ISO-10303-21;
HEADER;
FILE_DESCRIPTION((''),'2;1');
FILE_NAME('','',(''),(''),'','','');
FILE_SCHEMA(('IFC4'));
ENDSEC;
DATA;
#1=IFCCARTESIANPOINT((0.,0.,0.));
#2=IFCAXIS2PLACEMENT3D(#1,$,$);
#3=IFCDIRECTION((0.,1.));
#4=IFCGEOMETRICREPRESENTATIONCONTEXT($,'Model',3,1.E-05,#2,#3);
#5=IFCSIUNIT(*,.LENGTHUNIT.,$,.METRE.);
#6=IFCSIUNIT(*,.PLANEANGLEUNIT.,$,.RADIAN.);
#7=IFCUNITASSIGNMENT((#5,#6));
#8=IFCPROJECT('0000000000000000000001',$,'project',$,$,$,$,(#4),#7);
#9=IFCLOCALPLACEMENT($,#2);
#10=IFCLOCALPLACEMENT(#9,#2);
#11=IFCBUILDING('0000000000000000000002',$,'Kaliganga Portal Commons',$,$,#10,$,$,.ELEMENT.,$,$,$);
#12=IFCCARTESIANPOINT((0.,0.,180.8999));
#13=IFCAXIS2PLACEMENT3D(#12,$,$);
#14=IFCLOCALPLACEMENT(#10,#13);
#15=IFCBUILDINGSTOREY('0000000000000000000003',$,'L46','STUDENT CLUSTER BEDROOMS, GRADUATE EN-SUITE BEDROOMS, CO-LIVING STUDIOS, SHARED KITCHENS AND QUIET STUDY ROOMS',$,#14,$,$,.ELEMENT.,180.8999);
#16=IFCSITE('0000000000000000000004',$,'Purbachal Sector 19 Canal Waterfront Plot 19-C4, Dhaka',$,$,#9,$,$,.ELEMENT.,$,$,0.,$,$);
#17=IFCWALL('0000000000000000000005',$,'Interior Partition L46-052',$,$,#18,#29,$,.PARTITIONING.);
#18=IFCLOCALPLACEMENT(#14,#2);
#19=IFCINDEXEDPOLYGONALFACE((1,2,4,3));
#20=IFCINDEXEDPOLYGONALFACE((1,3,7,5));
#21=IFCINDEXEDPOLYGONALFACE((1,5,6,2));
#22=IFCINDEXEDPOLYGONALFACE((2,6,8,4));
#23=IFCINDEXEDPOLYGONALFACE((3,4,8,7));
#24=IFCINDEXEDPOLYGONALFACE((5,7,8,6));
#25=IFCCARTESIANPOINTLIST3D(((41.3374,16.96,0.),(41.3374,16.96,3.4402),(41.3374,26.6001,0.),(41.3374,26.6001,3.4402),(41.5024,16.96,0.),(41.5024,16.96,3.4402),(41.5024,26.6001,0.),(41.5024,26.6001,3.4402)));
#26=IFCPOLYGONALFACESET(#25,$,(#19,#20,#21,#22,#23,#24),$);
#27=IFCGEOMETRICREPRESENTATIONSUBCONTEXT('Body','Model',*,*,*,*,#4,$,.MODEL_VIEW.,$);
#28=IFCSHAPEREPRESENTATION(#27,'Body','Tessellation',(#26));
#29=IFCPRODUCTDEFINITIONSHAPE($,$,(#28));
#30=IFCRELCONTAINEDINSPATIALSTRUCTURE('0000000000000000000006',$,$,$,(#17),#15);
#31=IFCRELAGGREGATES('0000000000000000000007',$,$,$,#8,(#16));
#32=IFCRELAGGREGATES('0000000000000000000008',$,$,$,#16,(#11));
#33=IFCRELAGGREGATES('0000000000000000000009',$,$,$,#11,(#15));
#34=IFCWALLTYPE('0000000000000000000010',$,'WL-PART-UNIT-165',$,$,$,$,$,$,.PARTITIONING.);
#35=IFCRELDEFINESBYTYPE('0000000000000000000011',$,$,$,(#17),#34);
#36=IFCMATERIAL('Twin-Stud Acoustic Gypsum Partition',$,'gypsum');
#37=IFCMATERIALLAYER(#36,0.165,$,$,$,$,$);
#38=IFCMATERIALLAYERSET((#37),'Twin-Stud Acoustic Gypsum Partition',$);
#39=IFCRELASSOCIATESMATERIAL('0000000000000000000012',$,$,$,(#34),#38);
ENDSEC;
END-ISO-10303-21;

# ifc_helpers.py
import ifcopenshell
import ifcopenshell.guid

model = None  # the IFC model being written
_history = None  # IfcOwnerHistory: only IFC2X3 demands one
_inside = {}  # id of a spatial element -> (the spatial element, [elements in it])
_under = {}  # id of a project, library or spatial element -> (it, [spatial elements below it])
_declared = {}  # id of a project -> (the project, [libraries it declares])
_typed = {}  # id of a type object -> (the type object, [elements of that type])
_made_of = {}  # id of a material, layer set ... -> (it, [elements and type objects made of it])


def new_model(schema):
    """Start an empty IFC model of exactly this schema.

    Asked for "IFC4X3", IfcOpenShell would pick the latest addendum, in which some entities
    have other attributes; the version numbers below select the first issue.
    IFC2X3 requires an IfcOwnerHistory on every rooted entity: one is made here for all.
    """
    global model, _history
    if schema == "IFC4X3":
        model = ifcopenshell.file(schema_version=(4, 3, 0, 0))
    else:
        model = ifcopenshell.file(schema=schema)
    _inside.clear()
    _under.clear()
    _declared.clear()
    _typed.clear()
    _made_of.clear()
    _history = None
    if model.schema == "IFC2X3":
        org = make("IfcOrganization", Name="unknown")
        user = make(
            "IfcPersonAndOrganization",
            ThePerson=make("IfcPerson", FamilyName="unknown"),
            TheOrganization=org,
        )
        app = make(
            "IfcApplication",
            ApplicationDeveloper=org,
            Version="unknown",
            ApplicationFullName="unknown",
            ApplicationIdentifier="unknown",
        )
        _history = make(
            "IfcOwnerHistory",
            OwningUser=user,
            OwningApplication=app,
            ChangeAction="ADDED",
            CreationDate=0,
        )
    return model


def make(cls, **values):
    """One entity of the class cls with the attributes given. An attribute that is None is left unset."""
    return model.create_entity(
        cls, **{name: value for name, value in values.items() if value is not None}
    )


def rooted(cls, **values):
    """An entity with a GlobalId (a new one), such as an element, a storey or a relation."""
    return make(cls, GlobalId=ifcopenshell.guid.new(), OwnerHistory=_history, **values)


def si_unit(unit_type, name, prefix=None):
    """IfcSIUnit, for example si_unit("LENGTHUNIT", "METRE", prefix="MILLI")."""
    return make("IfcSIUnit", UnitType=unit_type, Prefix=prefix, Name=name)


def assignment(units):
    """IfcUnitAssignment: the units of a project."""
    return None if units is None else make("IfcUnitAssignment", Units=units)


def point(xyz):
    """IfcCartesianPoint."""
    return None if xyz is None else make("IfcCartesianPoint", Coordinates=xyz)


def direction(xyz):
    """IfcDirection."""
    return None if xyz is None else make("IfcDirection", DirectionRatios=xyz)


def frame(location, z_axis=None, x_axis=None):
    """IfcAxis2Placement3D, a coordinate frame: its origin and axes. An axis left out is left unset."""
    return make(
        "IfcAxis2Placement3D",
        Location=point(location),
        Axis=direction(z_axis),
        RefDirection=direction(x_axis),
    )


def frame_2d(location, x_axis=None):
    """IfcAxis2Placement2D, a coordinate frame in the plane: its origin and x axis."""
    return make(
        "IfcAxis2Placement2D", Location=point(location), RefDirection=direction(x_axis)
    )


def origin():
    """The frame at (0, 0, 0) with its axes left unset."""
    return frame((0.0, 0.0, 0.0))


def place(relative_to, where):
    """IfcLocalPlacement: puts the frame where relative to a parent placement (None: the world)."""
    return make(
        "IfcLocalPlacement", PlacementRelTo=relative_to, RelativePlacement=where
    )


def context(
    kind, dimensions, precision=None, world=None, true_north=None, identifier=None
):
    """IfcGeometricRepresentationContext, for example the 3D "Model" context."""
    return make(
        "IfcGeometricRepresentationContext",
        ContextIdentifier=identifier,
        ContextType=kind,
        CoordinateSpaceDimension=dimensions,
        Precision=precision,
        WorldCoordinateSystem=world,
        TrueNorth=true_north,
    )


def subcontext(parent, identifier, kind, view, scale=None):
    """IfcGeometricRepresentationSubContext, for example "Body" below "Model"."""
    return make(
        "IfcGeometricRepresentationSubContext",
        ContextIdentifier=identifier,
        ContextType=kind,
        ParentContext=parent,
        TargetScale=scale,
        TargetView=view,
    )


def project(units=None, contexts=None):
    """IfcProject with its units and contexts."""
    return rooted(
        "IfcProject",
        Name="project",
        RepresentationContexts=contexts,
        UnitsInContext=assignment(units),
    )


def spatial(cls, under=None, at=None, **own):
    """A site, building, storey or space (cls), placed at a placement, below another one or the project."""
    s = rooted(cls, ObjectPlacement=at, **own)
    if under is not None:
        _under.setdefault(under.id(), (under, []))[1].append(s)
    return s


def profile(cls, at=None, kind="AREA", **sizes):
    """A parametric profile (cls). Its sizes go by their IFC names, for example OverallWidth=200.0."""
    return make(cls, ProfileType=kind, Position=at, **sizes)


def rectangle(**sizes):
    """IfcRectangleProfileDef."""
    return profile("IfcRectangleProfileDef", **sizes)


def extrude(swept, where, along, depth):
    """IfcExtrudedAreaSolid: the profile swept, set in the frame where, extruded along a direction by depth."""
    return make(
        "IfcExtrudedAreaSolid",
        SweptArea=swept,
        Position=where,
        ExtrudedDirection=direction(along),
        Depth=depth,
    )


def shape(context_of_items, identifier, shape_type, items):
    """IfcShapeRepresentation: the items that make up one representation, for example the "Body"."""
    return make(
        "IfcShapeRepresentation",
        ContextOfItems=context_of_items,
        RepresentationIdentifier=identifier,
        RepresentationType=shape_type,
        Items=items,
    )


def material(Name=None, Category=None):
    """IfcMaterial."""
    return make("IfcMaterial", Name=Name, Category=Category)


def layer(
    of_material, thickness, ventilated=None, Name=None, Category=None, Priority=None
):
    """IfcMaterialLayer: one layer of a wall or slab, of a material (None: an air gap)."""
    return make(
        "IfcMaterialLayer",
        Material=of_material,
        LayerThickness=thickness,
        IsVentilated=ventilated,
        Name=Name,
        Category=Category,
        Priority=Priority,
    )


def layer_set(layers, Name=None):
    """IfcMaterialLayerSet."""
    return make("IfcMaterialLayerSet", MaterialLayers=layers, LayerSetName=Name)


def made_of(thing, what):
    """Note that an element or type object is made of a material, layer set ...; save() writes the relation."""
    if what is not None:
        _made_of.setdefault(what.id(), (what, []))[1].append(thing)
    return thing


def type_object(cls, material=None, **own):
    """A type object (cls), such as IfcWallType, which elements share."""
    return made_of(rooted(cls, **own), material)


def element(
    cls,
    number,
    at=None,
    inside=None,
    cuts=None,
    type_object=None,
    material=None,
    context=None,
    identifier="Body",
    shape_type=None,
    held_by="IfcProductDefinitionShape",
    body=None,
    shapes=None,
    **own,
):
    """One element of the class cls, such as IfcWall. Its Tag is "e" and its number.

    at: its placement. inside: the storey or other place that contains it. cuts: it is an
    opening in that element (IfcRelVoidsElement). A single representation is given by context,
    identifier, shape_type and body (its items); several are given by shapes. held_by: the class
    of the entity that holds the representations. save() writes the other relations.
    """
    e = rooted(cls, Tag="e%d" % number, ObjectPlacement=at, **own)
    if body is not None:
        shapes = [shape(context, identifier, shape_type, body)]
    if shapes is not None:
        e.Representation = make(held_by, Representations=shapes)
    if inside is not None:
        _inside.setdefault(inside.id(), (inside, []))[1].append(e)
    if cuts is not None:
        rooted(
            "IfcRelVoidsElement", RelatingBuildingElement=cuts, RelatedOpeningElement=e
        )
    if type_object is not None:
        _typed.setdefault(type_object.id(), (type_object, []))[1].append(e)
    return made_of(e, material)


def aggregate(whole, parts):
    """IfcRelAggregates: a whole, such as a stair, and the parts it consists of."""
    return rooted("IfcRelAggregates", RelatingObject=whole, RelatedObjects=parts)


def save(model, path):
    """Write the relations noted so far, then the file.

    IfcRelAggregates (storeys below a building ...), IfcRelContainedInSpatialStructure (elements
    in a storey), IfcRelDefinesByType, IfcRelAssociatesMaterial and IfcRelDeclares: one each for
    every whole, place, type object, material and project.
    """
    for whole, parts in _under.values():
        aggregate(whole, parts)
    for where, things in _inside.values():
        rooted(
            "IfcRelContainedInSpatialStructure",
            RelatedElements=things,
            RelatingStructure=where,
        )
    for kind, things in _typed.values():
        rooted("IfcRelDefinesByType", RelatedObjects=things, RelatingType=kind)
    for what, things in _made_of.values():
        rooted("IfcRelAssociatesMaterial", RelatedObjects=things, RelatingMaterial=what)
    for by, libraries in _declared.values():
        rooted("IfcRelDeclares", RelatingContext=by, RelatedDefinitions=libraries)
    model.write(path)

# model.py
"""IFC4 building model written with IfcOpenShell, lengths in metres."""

from ifc_helpers import new_model, si_unit, direction, frame, frame_2d, origin, place, context, subcontext, project, spatial, rectangle, extrude, material, layer, layer_set, type_object, element, save


model = new_model("IFC4")

# Units and contexts
model_context = context("Model", 3, precision=1e-05, world=origin(), true_north=direction((0.0, 1.0)))
body_context = subcontext(model_context, "Body", "Model", "MODEL_VIEW")
ifc_project = project(units=[si_unit("LENGTHUNIT", "METRE"), si_unit("PLANEANGLEUNIT", "RADIAN")], contexts=[model_context])

# Site, building, storey
site_placement = place(None, origin())
site = spatial("IfcSite", under=ifc_project, at=site_placement, Name="Purbachal Sector 19 Canal Waterfront Plot 19-C4, Dhaka", CompositionType="ELEMENT", RefElevation=0.0)
building_placement = place(site_placement, origin())
building = spatial("IfcBuilding", under=site, at=building_placement, Name="Kaliganga Portal Commons", CompositionType="ELEMENT")
storey_placement = place(building_placement, frame((0.0, 0.0, 180.8999)))
storey = spatial("IfcBuildingStorey", under=building, at=storey_placement, Name="L46", Description="STUDENT CLUSTER BEDROOMS, GRADUATE EN-SUITE BEDROOMS, CO-LIVING STUDIOS, SHARED KITCHENS AND QUIET STUDY ROOMS", CompositionType="ELEMENT", Elevation=180.8999)

# Wall
ifc_material_1 = material(Name="Twin-Stud Acoustic Gypsum Partition", Category="gypsum")
ifc_layer_1 = layer(ifc_material_1, 0.165)
ifc_layer_set_1 = layer_set([ifc_layer_1], Name="Twin-Stud Acoustic Gypsum Partition")
wall_type_1 = type_object("IfcWallType", Name="WL-PART-UNIT-165", PredefinedType="PARTITIONING", material=ifc_layer_set_1)
wall_1_placement = place(storey_placement, frame((41.4199, 16.96, 0.0), z_axis=(0.0, 0.0, 1.0), x_axis=(0.0, 1.0, 0.0)))
element("IfcWall", 1, at=wall_1_placement, inside=storey, type_object=wall_type_1, Name="Interior Partition L46-052", PredefinedType="PARTITIONING", context=body_context, shape_type="SweptSolid", body=[
    extrude(rectangle(XDim=9.6401, YDim=0.165, at=frame_2d((4.8201, 0.0))), origin(), (0.0, 0.0, 1.0), 3.4402),
])

save(model, "model.ifc")
